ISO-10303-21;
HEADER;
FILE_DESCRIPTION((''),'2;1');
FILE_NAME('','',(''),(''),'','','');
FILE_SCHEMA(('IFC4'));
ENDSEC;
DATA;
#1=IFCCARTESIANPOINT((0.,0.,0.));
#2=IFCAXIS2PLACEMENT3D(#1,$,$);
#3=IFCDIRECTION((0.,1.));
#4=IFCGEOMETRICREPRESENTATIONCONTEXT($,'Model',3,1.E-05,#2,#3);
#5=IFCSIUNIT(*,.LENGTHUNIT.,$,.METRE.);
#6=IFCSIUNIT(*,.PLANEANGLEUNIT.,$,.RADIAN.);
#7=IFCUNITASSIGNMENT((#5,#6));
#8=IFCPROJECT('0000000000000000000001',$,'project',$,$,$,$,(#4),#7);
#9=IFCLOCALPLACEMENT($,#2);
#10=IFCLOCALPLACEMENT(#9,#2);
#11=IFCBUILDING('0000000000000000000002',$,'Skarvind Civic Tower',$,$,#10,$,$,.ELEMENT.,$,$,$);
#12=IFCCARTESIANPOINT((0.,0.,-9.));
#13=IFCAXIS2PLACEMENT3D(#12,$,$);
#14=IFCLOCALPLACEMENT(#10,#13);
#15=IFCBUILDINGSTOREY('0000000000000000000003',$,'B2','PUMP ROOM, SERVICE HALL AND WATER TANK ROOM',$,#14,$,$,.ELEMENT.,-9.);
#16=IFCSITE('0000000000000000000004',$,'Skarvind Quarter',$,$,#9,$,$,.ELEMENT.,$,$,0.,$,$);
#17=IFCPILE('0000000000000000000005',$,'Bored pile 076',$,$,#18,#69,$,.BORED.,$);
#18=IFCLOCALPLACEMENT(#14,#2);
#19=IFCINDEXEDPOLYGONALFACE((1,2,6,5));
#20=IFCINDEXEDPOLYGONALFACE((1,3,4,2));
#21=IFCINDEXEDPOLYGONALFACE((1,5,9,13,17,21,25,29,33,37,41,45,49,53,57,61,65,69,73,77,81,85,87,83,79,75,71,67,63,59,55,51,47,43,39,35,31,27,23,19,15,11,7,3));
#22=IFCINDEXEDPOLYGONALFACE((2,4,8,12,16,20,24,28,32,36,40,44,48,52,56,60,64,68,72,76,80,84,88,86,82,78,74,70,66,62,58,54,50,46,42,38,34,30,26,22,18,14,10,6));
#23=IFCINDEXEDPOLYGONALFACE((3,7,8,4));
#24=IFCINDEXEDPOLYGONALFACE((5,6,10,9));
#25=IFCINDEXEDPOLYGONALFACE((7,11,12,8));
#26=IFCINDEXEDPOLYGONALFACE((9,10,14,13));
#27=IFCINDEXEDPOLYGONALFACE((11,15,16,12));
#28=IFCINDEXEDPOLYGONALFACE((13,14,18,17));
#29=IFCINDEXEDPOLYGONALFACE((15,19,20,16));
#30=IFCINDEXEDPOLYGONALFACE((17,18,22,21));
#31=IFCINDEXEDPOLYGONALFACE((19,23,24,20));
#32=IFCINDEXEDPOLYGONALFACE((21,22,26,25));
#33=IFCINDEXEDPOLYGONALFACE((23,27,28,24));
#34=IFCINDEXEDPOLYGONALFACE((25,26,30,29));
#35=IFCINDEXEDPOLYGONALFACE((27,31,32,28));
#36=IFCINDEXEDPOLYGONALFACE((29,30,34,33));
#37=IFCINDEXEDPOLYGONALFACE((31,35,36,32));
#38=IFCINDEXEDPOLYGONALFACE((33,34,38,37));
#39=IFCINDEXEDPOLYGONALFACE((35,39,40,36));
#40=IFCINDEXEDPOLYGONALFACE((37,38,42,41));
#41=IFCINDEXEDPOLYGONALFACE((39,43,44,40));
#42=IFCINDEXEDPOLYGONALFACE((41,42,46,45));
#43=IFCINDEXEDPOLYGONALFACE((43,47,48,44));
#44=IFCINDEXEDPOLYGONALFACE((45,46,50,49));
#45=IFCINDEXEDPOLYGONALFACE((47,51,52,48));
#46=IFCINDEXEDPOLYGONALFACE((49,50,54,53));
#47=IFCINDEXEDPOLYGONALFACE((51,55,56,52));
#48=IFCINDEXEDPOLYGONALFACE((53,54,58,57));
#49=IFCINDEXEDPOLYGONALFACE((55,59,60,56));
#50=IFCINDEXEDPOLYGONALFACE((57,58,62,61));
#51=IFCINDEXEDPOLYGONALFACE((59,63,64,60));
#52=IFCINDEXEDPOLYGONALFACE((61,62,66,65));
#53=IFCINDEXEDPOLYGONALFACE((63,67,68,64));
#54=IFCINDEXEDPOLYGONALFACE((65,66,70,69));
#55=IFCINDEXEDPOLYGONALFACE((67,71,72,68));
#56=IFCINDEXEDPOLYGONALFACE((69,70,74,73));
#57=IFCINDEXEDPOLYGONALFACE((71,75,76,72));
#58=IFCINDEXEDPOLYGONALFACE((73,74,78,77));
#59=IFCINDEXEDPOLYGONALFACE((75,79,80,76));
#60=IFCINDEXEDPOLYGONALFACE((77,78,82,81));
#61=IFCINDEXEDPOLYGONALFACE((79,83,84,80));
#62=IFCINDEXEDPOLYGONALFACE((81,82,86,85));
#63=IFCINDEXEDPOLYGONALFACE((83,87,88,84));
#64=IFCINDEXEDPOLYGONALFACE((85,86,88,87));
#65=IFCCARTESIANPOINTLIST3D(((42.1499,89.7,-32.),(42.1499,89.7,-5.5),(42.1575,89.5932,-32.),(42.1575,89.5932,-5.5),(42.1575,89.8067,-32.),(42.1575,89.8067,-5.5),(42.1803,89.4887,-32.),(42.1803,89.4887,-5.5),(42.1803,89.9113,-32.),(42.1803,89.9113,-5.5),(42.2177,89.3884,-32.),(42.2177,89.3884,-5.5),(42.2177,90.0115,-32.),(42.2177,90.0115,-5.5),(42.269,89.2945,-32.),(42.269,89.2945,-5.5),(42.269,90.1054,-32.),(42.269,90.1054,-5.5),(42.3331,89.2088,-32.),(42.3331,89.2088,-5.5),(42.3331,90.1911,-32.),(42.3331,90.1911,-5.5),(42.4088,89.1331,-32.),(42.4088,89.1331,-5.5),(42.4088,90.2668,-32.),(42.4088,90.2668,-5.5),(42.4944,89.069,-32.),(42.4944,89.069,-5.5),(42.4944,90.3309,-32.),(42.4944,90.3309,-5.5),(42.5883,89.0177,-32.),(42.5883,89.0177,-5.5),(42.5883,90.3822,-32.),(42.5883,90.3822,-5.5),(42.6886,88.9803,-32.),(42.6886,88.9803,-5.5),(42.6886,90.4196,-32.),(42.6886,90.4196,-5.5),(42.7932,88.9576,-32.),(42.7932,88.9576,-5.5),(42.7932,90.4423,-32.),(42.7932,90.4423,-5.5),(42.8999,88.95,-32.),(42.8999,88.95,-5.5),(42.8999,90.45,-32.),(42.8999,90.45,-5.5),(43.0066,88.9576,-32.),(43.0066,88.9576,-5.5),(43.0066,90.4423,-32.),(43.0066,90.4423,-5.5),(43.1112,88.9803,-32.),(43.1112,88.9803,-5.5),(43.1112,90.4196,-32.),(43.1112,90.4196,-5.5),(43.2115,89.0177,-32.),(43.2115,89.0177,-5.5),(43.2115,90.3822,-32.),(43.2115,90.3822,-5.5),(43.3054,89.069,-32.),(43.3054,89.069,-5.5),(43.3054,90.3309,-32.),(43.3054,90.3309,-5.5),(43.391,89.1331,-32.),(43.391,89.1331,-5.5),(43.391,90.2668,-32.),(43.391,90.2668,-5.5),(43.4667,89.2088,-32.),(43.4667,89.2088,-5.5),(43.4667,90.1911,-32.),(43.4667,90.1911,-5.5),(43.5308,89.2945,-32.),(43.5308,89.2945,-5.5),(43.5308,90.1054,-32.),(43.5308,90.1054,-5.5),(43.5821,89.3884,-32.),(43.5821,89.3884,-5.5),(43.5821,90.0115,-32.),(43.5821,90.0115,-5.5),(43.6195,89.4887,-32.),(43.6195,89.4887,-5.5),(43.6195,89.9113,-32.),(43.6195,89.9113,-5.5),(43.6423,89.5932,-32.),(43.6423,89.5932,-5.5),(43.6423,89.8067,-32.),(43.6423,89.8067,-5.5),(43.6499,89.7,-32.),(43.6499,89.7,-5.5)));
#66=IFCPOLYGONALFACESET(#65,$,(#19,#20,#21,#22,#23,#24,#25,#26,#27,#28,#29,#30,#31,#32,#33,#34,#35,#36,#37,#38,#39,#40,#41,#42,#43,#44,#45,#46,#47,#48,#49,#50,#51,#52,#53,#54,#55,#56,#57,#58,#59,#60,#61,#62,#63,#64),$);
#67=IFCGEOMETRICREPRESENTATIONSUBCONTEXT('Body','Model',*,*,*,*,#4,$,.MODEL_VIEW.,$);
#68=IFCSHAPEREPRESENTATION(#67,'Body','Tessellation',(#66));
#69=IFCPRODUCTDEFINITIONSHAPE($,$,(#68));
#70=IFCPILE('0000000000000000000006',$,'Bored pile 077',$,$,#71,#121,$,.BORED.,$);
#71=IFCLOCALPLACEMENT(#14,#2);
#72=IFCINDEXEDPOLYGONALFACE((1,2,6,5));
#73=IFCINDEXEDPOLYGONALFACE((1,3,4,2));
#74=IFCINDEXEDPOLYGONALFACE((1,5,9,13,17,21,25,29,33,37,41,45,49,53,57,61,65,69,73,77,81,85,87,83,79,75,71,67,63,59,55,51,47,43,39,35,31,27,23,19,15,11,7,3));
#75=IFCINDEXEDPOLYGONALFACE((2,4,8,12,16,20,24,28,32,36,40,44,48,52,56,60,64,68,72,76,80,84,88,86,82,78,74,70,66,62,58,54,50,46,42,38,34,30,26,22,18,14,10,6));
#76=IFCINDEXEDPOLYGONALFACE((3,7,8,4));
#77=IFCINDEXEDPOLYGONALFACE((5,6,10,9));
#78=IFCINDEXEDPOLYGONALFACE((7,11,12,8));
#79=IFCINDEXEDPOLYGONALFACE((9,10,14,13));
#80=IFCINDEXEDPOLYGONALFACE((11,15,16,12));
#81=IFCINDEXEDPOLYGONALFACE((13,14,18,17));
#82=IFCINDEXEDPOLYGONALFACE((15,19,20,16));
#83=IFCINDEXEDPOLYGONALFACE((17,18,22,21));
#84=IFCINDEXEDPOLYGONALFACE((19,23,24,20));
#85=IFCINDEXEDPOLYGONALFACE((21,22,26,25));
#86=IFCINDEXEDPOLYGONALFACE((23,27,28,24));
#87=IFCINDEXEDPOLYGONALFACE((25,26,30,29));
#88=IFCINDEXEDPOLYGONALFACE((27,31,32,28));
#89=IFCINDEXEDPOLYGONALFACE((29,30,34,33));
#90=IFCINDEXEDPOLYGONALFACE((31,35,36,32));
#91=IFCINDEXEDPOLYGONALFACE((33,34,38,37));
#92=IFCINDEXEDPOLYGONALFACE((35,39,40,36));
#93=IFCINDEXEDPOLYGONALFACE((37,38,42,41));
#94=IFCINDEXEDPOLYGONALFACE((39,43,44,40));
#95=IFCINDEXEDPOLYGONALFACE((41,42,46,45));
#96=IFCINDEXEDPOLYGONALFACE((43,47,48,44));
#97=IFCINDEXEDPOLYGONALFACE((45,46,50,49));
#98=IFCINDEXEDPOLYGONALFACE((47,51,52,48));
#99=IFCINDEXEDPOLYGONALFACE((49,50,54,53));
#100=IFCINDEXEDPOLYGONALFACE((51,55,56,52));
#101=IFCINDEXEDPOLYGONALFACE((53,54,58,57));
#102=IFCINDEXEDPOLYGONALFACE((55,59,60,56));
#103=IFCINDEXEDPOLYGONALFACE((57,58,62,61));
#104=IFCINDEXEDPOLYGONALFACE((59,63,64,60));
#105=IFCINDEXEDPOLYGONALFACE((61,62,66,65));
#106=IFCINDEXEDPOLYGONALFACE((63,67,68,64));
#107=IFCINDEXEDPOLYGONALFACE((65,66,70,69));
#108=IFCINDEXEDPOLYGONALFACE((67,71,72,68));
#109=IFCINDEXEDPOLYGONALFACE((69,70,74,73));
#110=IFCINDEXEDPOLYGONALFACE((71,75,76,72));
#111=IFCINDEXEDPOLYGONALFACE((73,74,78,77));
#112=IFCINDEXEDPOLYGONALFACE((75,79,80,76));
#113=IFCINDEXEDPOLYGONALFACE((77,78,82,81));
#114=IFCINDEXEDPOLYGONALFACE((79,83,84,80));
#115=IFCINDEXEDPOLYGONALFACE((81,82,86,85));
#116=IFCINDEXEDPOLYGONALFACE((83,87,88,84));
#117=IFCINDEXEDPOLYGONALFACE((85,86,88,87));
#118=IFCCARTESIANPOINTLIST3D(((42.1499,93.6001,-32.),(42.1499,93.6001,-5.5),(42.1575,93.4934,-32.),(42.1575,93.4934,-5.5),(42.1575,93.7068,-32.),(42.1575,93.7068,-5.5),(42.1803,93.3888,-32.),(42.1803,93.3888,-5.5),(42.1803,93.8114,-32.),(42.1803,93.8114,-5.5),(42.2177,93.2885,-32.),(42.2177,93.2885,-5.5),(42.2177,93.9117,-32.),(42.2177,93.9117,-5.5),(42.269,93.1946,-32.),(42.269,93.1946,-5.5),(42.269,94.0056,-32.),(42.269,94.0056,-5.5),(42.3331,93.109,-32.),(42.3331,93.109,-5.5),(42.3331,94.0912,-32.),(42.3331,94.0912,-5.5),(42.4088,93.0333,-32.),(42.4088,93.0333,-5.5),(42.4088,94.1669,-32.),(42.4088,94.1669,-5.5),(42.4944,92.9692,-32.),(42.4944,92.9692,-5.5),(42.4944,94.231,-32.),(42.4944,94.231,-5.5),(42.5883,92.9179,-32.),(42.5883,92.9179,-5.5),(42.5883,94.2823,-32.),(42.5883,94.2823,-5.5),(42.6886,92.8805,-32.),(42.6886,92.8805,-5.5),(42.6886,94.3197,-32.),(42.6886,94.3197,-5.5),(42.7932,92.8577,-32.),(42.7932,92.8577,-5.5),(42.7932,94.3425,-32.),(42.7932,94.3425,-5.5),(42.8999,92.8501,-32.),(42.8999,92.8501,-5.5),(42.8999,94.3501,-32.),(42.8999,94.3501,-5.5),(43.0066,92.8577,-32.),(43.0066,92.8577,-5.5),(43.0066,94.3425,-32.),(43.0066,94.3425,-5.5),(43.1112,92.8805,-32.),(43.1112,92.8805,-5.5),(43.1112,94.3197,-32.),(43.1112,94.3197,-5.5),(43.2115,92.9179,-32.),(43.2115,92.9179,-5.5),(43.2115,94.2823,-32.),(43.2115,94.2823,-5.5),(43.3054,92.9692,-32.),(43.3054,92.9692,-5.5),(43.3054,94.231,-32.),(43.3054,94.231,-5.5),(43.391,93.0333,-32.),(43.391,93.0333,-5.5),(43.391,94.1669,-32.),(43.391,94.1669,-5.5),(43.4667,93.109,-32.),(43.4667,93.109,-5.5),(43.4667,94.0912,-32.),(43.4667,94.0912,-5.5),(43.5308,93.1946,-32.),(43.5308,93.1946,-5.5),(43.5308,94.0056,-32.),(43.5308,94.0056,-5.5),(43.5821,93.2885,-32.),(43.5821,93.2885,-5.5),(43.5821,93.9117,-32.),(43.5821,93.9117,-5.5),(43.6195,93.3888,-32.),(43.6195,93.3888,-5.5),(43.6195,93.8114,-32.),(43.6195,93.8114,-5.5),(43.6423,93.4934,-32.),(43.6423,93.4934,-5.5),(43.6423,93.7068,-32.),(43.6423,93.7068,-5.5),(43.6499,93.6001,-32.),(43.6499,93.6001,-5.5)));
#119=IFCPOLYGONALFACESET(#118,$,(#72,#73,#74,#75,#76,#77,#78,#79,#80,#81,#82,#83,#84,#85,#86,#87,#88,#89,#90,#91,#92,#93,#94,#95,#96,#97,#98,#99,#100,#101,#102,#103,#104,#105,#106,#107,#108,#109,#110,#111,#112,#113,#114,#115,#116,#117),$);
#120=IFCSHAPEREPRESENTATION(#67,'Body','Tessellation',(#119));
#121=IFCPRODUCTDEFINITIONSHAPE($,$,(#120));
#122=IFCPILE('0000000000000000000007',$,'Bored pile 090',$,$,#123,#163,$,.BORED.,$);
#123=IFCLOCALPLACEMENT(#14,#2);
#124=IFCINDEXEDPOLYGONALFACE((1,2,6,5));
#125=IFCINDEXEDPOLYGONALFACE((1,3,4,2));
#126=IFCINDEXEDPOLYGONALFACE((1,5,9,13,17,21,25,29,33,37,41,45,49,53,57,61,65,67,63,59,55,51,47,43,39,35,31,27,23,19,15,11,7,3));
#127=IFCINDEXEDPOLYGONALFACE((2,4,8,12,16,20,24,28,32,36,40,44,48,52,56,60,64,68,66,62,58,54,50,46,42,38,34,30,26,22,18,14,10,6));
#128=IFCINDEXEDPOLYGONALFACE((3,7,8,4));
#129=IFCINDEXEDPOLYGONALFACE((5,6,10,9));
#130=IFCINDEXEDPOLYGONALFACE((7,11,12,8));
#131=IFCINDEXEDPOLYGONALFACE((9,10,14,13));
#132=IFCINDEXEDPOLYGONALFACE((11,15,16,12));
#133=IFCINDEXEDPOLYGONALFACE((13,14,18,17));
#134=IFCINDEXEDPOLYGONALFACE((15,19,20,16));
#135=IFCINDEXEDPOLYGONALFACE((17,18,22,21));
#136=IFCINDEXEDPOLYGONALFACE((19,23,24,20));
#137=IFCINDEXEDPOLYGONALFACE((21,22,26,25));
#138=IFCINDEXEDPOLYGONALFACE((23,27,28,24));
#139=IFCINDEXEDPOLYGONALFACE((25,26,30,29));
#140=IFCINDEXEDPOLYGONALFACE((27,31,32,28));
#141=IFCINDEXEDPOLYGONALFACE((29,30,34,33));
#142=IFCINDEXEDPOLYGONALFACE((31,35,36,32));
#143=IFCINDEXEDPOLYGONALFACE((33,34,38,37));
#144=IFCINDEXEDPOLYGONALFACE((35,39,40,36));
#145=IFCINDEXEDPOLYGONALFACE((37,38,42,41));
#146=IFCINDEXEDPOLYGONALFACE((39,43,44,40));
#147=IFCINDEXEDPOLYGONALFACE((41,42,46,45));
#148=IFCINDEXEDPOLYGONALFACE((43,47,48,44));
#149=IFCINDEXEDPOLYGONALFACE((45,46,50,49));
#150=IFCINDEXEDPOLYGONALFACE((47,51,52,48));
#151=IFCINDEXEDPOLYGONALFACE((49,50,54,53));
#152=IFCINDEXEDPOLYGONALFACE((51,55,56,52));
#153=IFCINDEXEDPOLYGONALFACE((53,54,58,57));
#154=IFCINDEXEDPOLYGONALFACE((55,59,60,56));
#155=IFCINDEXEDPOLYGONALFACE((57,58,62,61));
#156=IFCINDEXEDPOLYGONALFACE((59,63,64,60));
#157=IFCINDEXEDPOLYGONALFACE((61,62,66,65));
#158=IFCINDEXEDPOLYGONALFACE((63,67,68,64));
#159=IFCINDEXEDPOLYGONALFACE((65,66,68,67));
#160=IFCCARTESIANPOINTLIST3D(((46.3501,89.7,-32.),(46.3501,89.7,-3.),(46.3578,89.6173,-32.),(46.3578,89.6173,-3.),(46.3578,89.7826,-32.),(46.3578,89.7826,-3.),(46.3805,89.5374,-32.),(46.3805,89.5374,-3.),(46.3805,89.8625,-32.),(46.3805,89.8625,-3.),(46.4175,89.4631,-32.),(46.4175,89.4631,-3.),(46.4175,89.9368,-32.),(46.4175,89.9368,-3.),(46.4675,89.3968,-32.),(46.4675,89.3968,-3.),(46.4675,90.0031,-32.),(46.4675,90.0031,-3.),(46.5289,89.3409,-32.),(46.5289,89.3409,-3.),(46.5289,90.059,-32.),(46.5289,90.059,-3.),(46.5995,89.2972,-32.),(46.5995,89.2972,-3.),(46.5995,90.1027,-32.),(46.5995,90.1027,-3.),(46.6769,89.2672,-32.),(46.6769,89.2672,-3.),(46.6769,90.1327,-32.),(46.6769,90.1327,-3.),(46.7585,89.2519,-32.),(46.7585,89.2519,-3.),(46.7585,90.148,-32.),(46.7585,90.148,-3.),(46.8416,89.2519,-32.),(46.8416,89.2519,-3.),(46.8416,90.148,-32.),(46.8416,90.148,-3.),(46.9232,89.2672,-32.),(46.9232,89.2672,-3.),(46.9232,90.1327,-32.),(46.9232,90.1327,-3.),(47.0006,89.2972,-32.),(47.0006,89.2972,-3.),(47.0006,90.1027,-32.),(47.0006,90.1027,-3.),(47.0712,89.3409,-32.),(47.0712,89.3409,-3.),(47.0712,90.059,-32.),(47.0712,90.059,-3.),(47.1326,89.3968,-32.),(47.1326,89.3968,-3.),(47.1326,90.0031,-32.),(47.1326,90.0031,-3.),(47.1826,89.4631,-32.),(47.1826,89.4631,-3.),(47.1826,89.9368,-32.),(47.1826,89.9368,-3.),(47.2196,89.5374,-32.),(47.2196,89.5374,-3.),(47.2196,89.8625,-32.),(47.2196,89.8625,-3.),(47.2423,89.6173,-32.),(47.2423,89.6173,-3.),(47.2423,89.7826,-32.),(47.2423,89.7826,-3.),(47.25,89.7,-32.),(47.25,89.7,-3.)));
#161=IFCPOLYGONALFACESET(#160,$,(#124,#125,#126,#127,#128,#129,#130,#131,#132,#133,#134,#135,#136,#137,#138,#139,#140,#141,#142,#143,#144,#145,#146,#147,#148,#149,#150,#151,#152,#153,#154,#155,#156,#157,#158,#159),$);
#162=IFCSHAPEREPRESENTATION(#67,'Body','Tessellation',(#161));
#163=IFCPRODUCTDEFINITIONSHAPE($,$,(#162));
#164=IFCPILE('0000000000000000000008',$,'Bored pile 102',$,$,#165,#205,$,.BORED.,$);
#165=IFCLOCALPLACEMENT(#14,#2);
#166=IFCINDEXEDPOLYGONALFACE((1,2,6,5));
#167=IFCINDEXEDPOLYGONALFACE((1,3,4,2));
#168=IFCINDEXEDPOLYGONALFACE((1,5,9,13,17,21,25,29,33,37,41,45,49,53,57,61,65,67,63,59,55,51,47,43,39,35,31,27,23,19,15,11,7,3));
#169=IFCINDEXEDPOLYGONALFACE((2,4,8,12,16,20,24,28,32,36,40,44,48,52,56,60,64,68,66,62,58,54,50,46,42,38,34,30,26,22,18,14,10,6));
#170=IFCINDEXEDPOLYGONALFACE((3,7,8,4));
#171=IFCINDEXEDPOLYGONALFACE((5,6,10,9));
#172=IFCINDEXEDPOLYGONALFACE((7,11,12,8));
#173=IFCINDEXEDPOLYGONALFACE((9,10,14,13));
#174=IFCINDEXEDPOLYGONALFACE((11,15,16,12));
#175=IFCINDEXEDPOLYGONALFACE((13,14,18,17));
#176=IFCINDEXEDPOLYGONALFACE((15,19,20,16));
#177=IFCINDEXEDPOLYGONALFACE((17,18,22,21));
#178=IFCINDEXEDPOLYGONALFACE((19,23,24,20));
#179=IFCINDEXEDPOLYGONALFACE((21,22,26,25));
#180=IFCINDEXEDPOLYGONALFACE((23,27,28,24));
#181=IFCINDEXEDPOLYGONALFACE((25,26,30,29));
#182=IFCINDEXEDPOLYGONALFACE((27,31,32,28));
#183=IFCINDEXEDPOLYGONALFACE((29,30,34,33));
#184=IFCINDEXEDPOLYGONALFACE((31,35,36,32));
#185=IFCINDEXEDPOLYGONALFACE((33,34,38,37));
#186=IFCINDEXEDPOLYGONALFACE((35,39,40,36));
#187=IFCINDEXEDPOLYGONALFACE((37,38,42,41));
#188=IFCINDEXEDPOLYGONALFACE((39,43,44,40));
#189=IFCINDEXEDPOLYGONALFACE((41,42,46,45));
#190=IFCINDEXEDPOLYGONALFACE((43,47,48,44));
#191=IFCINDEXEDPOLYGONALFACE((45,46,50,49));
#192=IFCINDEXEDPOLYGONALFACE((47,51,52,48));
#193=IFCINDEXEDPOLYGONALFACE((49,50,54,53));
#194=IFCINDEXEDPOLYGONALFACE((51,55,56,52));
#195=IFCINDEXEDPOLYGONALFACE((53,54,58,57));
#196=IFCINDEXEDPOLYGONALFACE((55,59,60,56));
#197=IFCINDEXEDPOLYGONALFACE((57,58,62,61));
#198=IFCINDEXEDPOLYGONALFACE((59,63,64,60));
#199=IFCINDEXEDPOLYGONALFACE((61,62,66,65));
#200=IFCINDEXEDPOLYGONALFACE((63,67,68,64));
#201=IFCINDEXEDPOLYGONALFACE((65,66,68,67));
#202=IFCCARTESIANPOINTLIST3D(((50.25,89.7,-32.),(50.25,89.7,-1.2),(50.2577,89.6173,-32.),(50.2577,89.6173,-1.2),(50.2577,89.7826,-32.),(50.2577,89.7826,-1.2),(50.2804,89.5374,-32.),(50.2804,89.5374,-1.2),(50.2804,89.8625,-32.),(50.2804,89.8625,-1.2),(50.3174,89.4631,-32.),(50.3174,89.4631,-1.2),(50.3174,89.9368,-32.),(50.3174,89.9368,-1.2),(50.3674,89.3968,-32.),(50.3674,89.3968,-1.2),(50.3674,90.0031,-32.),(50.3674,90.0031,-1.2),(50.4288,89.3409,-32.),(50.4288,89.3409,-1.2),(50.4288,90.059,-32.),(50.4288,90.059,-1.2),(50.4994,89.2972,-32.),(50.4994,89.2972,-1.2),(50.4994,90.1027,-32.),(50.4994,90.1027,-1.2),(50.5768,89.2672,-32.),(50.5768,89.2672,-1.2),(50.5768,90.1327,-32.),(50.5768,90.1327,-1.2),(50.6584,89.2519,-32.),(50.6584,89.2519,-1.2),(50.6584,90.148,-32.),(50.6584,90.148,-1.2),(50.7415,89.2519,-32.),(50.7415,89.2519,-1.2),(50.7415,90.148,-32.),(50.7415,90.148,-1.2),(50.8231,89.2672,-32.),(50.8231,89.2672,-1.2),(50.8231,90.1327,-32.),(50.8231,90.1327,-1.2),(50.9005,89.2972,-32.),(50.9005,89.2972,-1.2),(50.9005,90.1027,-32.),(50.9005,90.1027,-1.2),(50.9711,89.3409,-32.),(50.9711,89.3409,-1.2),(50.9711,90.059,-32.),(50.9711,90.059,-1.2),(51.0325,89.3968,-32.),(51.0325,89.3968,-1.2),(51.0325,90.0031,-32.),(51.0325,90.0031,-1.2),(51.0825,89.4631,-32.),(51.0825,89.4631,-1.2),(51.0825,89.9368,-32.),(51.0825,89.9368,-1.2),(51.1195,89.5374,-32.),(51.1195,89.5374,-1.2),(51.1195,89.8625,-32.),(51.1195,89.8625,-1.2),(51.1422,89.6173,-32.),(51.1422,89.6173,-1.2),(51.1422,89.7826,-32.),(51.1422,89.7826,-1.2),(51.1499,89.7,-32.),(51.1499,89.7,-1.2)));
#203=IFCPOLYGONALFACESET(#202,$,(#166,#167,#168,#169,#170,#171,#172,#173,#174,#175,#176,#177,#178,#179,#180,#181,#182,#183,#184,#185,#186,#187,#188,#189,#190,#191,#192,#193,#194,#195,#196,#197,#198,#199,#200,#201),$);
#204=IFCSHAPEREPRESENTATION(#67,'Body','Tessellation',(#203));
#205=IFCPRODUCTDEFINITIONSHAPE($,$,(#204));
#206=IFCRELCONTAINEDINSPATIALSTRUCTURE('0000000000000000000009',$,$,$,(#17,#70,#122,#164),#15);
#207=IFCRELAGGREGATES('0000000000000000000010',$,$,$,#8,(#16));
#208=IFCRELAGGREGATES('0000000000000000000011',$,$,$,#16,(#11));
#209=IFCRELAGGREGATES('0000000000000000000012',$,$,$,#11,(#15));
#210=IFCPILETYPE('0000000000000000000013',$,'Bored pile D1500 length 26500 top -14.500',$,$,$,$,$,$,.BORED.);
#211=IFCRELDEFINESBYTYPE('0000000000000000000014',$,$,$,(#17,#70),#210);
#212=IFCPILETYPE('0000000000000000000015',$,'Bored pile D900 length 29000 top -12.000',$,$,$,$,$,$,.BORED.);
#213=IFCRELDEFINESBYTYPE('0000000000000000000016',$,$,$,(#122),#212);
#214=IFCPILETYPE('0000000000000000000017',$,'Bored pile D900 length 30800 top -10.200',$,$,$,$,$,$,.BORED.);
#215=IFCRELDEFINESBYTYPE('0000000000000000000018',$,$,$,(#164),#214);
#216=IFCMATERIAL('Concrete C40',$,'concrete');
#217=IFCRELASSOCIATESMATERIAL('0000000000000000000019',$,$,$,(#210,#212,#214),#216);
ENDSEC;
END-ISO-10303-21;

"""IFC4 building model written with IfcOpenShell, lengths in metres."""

from ifc_helpers import new_model, si_unit, direction, frame, origin, origin_2d, place, context, subcontext, project, spatial, circle, extrude, material, type_object, element, save


model = new_model("IFC4")

# Units and contexts
model_context = context("Model", 3, precision=1e-05, world=origin(), true_north=direction((0.0, 1.0)))
body_context = subcontext(model_context, "Body", "Model", "MODEL_VIEW")
ifc_project = project(units=[si_unit("LENGTHUNIT", "METRE"), si_unit("PLANEANGLEUNIT", "RADIAN")], contexts=[model_context])

# Site, building, storey
site_placement = place(None, origin())
site = spatial("IfcSite", under=ifc_project, at=site_placement, Name="Skarvind Quarter", CompositionType="ELEMENT", RefElevation=0.0)
building_placement = place(site_placement, origin())
building = spatial("IfcBuilding", under=site, at=building_placement, Name="Skarvind Civic Tower", CompositionType="ELEMENT")
storey_placement = place(building_placement, frame((0.0, 0.0, -9.0)))
storey = spatial("IfcBuildingStorey", under=building, at=storey_placement, Name="B2", Description="PUMP ROOM, SERVICE HALL AND WATER TANK ROOM", CompositionType="ELEMENT", Elevation=-9.0)

# Piles
ifc_material_1 = material(Name="Concrete C40", Category="concrete")
pile_type_1 = type_object("IfcPileType", Name="Bored pile D1500 length 26500 top -14.500", PredefinedType="BORED", material=ifc_material_1)
for number, where, z_axis, x_axis, name in (
    (1, (42.8999, 89.7, -5.5), (0.0, 0.0, -1.0), (1.0, 0.0, 0.0), "Bored pile 076"),
    (2, (42.8999, 93.6001, -5.5), (0.0, 0.0, -1.0), (1.0, 0.0, 0.0), "Bored pile 077"),
):
    element("IfcPile", number, at=place(storey_placement, frame(where, z_axis=z_axis, x_axis=x_axis)), inside=storey, type_object=pile_type_1, Name=name, PredefinedType="BORED", context=body_context, shape_type="SweptSolid", body=[
        extrude(circle(Radius=0.75, at=origin_2d()), origin(), (0.0, 0.0, 1.0), 26.5),
    ])
pile_type_2 = type_object("IfcPileType", Name="Bored pile D900 length 29000 top -12.000", PredefinedType="BORED", material=ifc_material_1)
pile_placement = place(storey_placement, frame((46.8, 89.7, -3.0), z_axis=(0.0, 0.0, -1.0), x_axis=(1.0, 0.0, 0.0)))
element("IfcPile", 3, at=pile_placement, inside=storey, type_object=pile_type_2, Name="Bored pile 090", PredefinedType="BORED", context=body_context, shape_type="SweptSolid", body=[
    extrude(circle(Radius=0.45, at=origin_2d()), origin(), (0.0, 0.0, 1.0), 29.0),
])
pile_type_3 = type_object("IfcPileType", Name="Bored pile D900 length 30800 top -10.200", PredefinedType="BORED", material=ifc_material_1)
for number, where, z_axis, x_axis, name in (
    (4, (50.7, 89.7, -1.2), (0.0, 0.0, -1.0), (1.0, 0.0, 0.0), "Bored pile 102"),
):
    element("IfcPile", number, at=place(storey_placement, frame(where, z_axis=z_axis, x_axis=x_axis)), inside=storey, type_object=pile_type_3, Name=name, PredefinedType="BORED", context=body_context, shape_type="SweptSolid", body=[
        extrude(circle(Radius=0.45, at=origin_2d()), origin(), (0.0, 0.0, 1.0), 30.8),
    ])

save(model, "model.ifc")
